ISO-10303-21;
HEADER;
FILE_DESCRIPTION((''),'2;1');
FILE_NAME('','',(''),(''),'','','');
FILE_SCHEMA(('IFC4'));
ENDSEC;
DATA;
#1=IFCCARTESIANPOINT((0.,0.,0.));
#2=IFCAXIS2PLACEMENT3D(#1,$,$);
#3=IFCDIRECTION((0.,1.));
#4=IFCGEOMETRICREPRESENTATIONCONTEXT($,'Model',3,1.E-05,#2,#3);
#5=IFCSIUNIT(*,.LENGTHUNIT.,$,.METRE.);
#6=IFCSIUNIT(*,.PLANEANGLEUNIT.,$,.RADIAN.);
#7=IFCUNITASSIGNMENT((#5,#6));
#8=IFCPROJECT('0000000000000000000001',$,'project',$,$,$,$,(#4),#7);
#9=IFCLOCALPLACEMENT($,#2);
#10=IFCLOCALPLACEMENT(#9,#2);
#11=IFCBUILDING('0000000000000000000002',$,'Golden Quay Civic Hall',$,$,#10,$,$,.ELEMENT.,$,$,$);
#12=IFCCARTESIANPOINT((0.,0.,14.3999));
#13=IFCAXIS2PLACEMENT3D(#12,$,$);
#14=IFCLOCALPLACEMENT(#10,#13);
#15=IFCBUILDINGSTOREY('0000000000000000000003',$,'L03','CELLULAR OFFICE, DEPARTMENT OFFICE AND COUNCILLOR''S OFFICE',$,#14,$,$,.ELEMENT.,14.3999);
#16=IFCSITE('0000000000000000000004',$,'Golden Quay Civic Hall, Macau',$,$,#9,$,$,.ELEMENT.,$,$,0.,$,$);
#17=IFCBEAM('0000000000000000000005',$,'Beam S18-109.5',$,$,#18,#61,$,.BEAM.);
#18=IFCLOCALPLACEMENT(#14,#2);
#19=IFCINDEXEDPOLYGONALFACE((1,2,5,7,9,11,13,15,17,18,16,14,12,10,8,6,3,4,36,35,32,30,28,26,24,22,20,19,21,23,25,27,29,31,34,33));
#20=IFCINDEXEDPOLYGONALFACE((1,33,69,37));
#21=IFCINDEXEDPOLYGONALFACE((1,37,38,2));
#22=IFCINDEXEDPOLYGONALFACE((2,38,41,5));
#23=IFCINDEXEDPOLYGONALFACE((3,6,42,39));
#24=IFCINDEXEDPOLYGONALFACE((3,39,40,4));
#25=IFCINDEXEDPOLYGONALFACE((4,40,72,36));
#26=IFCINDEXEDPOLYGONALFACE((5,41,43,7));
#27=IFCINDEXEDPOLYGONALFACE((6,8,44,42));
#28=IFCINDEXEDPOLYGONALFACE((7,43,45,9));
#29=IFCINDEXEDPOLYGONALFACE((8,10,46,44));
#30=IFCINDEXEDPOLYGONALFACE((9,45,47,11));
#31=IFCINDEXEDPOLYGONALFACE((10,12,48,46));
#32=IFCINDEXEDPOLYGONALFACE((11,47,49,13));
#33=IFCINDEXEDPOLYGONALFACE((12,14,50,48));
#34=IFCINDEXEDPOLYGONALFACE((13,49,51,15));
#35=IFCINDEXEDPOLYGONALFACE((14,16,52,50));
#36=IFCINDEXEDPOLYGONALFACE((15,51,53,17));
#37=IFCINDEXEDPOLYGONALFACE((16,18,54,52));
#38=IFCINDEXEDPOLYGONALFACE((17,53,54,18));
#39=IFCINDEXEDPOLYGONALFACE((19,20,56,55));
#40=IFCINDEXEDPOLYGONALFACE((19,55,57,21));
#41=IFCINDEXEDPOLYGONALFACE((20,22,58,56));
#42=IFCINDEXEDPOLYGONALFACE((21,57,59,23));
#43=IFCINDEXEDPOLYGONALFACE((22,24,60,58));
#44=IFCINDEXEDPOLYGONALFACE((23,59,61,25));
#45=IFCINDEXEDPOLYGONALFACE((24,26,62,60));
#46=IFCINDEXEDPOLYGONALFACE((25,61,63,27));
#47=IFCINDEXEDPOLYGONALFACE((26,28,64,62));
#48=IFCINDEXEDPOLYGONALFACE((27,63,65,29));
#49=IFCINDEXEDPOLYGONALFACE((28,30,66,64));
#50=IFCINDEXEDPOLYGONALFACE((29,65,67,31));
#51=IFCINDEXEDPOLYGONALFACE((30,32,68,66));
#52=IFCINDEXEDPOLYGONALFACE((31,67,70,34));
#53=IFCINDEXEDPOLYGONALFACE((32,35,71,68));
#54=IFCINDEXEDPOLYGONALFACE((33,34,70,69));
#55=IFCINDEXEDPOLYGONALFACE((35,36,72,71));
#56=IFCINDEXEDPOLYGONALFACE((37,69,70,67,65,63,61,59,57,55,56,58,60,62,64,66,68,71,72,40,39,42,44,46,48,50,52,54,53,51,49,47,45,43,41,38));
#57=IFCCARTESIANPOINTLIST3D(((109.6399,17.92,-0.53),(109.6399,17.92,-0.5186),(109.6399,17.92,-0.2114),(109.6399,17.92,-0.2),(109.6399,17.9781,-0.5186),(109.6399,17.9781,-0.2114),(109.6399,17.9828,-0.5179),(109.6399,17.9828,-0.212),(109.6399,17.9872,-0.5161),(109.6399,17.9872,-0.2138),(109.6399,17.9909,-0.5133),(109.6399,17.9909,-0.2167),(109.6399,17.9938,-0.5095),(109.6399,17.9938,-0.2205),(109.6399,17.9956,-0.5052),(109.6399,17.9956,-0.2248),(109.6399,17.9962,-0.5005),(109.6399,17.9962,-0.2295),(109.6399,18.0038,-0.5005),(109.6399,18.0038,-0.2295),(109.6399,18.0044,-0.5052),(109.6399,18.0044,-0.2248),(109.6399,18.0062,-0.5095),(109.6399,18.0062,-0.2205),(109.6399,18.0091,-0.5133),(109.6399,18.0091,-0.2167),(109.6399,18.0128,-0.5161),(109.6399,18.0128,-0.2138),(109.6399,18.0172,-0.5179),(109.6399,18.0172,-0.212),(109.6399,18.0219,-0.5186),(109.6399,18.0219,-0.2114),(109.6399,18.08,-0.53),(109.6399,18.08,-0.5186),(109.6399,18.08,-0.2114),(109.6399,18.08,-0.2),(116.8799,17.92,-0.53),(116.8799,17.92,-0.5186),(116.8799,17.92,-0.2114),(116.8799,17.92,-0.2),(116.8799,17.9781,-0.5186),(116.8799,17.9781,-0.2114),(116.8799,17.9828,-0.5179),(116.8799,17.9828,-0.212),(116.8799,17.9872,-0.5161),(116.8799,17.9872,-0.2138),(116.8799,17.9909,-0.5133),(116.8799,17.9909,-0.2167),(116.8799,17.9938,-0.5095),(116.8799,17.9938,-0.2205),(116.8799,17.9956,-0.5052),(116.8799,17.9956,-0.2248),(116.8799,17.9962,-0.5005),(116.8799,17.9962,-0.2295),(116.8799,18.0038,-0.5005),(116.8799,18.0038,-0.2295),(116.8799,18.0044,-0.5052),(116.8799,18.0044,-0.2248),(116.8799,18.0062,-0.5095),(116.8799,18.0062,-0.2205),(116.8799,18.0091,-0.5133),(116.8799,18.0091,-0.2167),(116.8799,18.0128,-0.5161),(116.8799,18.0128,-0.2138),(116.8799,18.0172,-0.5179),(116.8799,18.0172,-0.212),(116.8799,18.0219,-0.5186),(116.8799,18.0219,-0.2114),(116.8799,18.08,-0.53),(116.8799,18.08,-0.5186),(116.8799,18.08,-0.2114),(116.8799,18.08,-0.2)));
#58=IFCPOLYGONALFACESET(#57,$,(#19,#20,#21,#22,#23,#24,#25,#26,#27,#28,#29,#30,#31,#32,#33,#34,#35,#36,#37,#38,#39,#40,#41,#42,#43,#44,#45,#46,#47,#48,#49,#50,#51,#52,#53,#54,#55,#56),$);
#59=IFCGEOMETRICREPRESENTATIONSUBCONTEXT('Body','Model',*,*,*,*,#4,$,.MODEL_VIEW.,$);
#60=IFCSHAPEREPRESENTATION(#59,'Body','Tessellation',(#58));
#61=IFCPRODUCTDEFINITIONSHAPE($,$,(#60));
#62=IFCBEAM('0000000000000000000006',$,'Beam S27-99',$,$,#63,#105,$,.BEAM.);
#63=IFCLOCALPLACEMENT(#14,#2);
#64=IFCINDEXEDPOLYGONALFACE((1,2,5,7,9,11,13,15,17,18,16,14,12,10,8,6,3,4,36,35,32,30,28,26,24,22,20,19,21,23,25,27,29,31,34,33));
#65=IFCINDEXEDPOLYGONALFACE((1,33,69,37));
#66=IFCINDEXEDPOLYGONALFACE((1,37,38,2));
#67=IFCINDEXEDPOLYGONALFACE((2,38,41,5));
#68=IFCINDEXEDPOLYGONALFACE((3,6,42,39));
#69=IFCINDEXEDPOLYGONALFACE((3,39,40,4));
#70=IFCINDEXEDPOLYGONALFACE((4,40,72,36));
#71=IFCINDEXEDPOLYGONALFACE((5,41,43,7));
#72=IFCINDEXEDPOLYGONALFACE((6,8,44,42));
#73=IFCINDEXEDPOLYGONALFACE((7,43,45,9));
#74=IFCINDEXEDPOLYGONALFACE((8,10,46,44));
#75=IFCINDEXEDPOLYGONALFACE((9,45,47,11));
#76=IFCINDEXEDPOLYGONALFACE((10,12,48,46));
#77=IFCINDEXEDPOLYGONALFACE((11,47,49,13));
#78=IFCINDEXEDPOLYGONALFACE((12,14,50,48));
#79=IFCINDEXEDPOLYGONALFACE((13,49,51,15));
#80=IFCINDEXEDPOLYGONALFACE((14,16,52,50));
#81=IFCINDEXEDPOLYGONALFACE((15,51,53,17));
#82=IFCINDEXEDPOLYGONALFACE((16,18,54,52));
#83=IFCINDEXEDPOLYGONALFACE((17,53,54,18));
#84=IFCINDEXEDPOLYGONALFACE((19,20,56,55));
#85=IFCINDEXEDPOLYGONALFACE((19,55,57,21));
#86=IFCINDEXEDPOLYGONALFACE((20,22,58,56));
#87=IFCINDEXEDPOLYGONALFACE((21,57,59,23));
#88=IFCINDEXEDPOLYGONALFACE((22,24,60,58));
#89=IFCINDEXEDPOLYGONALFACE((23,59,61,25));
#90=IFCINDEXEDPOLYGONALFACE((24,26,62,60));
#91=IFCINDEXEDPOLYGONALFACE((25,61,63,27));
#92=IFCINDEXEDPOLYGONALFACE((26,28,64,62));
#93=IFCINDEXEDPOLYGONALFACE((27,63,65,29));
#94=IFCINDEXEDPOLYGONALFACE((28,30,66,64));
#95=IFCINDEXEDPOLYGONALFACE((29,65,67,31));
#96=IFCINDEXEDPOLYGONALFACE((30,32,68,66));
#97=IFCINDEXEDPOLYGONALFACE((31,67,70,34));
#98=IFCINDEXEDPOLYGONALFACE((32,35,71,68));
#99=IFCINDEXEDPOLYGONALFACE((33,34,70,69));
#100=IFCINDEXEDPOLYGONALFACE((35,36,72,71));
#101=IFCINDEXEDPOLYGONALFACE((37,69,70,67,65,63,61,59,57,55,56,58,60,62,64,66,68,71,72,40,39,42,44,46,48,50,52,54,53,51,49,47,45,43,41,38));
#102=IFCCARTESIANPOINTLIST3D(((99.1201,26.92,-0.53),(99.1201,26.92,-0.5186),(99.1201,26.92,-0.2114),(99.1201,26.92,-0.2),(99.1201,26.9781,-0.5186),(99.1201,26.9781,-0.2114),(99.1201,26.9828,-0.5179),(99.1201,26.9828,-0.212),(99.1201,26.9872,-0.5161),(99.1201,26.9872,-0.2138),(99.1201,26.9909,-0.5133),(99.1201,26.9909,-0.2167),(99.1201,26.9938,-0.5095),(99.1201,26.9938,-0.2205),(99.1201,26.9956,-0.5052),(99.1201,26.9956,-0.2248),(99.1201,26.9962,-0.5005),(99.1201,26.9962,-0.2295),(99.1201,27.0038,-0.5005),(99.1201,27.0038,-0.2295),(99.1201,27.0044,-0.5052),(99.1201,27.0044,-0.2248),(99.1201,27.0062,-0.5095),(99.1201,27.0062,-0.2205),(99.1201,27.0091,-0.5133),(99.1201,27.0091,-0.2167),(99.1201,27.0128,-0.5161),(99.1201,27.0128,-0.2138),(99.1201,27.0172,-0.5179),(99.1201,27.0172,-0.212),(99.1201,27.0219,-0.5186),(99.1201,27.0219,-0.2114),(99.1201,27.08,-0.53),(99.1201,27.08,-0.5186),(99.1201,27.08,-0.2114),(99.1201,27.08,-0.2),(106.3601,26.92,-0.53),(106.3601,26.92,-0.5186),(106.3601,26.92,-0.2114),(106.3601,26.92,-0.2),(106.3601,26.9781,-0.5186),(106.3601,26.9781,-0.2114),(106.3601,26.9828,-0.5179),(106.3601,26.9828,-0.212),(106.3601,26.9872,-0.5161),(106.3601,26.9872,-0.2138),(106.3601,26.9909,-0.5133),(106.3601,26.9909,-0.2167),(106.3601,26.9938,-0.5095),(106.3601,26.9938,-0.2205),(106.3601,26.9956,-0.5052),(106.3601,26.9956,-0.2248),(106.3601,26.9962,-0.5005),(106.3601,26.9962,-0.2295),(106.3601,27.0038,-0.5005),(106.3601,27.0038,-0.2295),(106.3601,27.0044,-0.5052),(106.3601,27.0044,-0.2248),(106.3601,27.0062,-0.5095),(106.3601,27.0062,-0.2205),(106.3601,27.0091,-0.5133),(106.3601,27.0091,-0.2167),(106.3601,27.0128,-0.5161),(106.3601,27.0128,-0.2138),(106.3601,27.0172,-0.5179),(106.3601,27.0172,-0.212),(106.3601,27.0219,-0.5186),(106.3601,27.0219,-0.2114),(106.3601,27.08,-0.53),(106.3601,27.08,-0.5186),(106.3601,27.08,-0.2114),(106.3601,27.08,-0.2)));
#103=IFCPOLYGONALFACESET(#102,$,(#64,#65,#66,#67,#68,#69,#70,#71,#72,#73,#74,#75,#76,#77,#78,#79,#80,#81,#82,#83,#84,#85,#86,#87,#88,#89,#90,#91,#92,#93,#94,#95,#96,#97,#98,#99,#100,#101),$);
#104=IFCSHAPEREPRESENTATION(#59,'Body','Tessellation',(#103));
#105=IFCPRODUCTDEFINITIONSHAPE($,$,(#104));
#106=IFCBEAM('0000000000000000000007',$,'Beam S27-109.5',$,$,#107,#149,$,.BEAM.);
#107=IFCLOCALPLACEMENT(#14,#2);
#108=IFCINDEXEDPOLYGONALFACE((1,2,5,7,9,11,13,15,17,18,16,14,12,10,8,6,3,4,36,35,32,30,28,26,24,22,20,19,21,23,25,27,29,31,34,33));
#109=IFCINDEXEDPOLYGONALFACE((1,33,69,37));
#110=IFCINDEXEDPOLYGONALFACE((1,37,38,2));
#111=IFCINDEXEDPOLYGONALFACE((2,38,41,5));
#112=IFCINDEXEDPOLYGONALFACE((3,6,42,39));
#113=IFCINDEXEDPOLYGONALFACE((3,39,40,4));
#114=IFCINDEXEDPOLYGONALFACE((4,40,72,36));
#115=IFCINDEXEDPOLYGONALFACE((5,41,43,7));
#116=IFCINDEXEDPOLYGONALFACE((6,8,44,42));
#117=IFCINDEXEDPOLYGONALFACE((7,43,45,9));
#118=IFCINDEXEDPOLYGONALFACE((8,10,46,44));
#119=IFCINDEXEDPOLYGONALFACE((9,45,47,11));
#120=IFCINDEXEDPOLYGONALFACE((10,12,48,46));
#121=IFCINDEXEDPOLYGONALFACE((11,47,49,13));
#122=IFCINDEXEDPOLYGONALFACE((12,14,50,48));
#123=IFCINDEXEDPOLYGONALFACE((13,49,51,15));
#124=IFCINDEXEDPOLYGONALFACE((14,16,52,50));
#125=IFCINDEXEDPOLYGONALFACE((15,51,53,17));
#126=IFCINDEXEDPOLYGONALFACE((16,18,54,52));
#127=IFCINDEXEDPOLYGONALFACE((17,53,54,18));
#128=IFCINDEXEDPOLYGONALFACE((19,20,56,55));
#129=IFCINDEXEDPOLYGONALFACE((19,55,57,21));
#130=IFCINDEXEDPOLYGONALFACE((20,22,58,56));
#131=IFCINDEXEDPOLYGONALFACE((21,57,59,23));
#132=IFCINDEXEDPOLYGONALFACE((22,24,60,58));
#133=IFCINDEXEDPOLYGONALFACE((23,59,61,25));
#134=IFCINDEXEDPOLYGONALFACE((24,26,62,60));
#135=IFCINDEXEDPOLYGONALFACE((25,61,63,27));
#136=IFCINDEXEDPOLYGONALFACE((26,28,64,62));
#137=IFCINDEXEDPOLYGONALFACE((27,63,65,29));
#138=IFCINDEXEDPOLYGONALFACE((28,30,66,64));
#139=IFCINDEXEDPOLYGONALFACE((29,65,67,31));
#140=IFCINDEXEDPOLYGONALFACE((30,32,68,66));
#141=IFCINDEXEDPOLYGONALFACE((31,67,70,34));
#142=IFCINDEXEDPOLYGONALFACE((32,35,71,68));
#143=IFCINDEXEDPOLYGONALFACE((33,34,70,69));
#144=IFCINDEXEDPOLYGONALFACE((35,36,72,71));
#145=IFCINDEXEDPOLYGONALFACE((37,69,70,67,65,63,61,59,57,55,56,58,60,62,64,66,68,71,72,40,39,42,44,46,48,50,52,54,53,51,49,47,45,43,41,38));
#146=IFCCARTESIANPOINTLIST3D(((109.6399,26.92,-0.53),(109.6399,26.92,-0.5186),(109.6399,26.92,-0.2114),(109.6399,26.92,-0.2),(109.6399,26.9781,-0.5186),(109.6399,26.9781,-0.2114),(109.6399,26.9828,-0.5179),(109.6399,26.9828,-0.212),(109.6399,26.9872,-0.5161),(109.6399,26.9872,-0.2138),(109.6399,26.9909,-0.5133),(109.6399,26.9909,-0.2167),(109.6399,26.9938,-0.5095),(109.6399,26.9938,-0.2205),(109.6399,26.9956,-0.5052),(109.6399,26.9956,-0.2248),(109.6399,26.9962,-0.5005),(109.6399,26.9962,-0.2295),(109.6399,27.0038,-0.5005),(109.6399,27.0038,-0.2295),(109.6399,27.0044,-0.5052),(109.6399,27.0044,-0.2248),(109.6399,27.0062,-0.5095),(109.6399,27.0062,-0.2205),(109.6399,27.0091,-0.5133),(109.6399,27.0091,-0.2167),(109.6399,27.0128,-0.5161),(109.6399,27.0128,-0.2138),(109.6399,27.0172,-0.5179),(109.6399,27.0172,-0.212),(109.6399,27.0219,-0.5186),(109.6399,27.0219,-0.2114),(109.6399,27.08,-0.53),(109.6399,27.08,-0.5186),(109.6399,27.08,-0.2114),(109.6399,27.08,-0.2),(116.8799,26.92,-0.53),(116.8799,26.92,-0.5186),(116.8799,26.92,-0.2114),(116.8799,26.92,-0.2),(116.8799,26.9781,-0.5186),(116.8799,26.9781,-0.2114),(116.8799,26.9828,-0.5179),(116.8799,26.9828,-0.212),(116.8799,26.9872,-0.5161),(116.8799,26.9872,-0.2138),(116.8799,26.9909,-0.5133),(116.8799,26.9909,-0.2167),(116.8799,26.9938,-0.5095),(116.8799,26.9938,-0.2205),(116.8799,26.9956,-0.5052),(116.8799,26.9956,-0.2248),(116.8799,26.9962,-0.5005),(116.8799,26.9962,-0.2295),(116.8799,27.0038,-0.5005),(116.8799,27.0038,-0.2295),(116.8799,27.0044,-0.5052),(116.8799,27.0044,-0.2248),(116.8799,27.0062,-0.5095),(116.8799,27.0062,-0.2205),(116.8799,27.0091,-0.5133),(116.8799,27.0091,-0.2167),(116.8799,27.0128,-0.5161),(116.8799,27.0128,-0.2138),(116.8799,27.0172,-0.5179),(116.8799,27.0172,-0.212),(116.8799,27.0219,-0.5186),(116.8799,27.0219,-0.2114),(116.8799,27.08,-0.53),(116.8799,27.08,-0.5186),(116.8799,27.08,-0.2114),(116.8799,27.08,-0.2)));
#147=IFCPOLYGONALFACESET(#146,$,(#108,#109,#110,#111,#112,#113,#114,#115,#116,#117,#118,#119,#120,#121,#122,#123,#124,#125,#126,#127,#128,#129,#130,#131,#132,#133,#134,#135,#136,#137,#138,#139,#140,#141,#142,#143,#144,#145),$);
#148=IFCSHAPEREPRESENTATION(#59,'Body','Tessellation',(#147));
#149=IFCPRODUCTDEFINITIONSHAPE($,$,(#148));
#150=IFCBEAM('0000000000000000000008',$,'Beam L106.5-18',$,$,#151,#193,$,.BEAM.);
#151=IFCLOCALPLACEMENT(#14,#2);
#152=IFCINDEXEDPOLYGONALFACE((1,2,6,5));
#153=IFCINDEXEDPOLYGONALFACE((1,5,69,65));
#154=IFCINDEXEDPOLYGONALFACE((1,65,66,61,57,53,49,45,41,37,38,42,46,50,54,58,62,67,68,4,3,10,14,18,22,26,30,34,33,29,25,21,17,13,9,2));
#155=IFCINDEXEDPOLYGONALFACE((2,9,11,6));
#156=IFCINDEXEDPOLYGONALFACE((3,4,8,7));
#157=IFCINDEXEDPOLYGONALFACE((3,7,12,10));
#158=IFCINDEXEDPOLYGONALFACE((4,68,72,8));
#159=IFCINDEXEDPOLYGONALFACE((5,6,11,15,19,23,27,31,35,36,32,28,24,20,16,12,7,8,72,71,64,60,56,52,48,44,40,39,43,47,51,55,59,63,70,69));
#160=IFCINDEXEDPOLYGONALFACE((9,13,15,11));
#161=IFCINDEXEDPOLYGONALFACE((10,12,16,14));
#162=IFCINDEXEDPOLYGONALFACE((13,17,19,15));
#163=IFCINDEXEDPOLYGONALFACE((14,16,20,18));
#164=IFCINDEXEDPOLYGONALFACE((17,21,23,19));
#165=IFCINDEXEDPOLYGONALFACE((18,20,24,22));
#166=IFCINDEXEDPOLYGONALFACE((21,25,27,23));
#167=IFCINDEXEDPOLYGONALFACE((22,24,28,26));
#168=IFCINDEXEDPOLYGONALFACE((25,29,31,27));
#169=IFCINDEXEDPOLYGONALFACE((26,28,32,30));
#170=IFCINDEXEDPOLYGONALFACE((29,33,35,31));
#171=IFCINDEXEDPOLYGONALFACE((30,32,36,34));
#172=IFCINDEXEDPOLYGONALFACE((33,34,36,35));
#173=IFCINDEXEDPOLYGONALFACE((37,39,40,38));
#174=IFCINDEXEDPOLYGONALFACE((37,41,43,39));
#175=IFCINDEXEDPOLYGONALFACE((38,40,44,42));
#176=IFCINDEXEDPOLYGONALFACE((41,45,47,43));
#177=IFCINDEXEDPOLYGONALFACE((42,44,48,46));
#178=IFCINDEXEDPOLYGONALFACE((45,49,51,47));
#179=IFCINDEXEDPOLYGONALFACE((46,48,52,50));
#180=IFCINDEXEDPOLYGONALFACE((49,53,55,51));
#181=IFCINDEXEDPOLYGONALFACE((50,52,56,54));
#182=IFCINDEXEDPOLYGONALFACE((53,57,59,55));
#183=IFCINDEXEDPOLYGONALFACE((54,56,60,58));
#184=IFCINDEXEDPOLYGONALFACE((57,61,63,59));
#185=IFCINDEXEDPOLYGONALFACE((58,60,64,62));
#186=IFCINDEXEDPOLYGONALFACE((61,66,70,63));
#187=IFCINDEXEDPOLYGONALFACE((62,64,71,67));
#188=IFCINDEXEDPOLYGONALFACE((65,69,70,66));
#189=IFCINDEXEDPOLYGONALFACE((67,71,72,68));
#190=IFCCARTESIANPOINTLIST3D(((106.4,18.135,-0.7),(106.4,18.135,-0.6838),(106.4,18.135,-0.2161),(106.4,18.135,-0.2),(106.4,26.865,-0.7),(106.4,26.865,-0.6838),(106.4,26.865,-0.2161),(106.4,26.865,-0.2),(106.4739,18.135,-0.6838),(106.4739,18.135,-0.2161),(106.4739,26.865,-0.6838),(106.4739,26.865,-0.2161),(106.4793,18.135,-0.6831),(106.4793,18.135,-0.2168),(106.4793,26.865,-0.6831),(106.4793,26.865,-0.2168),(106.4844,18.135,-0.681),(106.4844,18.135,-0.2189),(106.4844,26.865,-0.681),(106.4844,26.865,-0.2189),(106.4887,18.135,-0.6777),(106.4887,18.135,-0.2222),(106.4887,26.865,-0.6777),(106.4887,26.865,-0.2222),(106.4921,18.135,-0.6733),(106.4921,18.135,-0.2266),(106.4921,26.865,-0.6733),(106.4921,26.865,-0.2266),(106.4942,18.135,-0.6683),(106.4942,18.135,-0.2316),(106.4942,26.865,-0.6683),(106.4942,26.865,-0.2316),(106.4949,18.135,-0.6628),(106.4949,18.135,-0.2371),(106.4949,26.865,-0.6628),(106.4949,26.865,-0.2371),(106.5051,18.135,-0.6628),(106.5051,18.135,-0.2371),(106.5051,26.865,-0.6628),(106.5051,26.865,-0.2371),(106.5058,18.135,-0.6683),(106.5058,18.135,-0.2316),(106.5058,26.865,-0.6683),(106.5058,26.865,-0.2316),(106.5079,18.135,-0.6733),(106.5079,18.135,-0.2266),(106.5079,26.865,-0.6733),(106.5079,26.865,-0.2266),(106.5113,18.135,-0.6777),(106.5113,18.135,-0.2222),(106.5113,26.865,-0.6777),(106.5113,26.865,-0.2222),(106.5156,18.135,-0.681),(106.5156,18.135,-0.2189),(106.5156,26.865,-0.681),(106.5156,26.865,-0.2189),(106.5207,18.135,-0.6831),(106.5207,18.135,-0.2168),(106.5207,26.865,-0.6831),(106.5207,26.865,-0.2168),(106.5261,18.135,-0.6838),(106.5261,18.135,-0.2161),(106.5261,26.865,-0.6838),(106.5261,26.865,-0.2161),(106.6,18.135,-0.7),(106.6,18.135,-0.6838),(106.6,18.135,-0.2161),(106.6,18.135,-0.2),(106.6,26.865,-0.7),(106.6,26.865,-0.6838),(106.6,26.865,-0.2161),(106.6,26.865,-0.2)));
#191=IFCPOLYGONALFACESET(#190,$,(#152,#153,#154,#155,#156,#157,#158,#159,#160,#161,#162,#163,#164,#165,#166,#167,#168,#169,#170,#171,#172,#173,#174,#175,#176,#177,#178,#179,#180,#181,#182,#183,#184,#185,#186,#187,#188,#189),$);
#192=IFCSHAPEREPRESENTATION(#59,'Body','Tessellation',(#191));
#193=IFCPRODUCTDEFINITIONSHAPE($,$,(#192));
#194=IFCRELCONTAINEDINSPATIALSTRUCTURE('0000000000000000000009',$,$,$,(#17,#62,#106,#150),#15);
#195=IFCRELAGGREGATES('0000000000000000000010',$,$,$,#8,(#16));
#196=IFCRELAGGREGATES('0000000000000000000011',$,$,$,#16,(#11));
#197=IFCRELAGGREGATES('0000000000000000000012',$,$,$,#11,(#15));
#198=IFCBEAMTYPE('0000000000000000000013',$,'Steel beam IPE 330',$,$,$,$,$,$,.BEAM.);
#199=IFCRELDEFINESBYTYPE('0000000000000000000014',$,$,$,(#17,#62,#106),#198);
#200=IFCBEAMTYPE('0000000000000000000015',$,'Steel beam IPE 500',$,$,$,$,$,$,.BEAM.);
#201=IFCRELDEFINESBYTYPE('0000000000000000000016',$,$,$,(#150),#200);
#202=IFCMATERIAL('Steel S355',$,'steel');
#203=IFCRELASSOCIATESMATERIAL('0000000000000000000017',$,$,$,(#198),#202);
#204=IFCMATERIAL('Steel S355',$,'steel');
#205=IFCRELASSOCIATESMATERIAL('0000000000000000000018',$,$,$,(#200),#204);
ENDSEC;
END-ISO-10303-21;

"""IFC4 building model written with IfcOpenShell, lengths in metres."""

from ifc_helpers import new_model, si_unit, direction, frame, origin, origin_2d, place, context, subcontext, project, spatial, i_section, extrude, material, material_profile, profile_set, type_object, element, save


model = new_model("IFC4")

# Units and contexts
model_context = context("Model", 3, precision=1e-05, world=origin(), true_north=direction((0.0, 1.0)))
body_context = subcontext(model_context, "Body", "Model", "MODEL_VIEW")
ifc_project = project(units=[si_unit("LENGTHUNIT", "METRE"), si_unit("PLANEANGLEUNIT", "RADIAN")], contexts=[model_context])

# Site, building, storey
site_placement = place(None, origin())
site = spatial("IfcSite", under=ifc_project, at=site_placement, Name="Golden Quay Civic Hall, Macau", CompositionType="ELEMENT", RefElevation=0.0)
building_placement = place(site_placement, origin())
building = spatial("IfcBuilding", under=site, at=building_placement, Name="Golden Quay Civic Hall", CompositionType="ELEMENT")
storey_placement = place(building_placement, frame((0.0, 0.0, 14.3999)))
storey = spatial("IfcBuildingStorey", under=building, at=storey_placement, Name="L03", Description="CELLULAR OFFICE, DEPARTMENT OFFICE AND COUNCILLOR'S OFFICE", CompositionType="ELEMENT", Elevation=14.3999)

# Beams
ifc_material_1 = material(Name="Steel S355", Category="steel")
ifc_material_profile_1 = material_profile(ifc_material_1, i_section(OverallWidth=0.1599, OverallDepth=0.3301, WebThickness=0.0076, FlangeThickness=0.0115, FilletRadius=0.0181, at=origin_2d()), Name="IPE 330")
ifc_profile_set_1 = profile_set([ifc_material_profile_1], Name="Steel S355")
beam_type_1 = type_object("IfcBeamType", Name="Steel beam IPE 330", PredefinedType="BEAM", material=ifc_profile_set_1)
for number, where, z_axis, x_axis, name in (
    (1, (109.6399, 18.0, -0.365), (1.0, 0.0, 0.0), (0.0, 1.0, 0.0), "Beam S18-109.5"),
    (2, (99.1201, 27.0, -0.365), (1.0, 0.0, 0.0), (0.0, 1.0, 0.0), "Beam S27-99"),
    (3, (109.6399, 27.0, -0.365), (1.0, 0.0, 0.0), (0.0, 1.0, 0.0), "Beam S27-109.5"),
):
    element("IfcBeam", number, at=place(storey_placement, frame(where, z_axis=z_axis, x_axis=x_axis)), inside=storey, type_object=beam_type_1, Name=name, PredefinedType="BEAM", context=body_context, shape_type="SweptSolid", body=[
        extrude(i_section(OverallWidth=0.1599, OverallDepth=0.3301, WebThickness=0.0076, FlangeThickness=0.0115, FilletRadius=0.0181, at=origin_2d()), origin(), (0.0, 0.0, 1.0), 7.24),
    ])
ifc_material_2 = material(Name="Steel S355", Category="steel")
ifc_material_profile_2 = material_profile(ifc_material_2, i_section(OverallWidth=0.2, OverallDepth=0.5, WebThickness=0.0103, FlangeThickness=0.0161, FilletRadius=0.021, at=origin_2d()), Name="IPE 500")
ifc_profile_set_2 = profile_set([ifc_material_profile_2], Name="Steel S355")
beam_type_2 = type_object("IfcBeamType", Name="Steel beam IPE 500", PredefinedType="BEAM", material=ifc_profile_set_2)
for number, where, z_axis, x_axis, name in (
    (4, (106.5, 18.135, -0.45), (0.0, 1.0, 0.0), (-1.0, 0.0, 0.0), "Beam L106.5-18"),
):
    element("IfcBeam", number, at=place(storey_placement, frame(where, z_axis=z_axis, x_axis=x_axis)), inside=storey, type_object=beam_type_2, Name=name, PredefinedType="BEAM", context=body_context, shape_type="SweptSolid", body=[
        extrude(i_section(OverallWidth=0.2, OverallDepth=0.5, WebThickness=0.0103, FlangeThickness=0.0161, FilletRadius=0.021, at=origin_2d()), origin(), (0.0, 0.0, 1.0), 8.73),
    ])

save(model, "model.ifc")
